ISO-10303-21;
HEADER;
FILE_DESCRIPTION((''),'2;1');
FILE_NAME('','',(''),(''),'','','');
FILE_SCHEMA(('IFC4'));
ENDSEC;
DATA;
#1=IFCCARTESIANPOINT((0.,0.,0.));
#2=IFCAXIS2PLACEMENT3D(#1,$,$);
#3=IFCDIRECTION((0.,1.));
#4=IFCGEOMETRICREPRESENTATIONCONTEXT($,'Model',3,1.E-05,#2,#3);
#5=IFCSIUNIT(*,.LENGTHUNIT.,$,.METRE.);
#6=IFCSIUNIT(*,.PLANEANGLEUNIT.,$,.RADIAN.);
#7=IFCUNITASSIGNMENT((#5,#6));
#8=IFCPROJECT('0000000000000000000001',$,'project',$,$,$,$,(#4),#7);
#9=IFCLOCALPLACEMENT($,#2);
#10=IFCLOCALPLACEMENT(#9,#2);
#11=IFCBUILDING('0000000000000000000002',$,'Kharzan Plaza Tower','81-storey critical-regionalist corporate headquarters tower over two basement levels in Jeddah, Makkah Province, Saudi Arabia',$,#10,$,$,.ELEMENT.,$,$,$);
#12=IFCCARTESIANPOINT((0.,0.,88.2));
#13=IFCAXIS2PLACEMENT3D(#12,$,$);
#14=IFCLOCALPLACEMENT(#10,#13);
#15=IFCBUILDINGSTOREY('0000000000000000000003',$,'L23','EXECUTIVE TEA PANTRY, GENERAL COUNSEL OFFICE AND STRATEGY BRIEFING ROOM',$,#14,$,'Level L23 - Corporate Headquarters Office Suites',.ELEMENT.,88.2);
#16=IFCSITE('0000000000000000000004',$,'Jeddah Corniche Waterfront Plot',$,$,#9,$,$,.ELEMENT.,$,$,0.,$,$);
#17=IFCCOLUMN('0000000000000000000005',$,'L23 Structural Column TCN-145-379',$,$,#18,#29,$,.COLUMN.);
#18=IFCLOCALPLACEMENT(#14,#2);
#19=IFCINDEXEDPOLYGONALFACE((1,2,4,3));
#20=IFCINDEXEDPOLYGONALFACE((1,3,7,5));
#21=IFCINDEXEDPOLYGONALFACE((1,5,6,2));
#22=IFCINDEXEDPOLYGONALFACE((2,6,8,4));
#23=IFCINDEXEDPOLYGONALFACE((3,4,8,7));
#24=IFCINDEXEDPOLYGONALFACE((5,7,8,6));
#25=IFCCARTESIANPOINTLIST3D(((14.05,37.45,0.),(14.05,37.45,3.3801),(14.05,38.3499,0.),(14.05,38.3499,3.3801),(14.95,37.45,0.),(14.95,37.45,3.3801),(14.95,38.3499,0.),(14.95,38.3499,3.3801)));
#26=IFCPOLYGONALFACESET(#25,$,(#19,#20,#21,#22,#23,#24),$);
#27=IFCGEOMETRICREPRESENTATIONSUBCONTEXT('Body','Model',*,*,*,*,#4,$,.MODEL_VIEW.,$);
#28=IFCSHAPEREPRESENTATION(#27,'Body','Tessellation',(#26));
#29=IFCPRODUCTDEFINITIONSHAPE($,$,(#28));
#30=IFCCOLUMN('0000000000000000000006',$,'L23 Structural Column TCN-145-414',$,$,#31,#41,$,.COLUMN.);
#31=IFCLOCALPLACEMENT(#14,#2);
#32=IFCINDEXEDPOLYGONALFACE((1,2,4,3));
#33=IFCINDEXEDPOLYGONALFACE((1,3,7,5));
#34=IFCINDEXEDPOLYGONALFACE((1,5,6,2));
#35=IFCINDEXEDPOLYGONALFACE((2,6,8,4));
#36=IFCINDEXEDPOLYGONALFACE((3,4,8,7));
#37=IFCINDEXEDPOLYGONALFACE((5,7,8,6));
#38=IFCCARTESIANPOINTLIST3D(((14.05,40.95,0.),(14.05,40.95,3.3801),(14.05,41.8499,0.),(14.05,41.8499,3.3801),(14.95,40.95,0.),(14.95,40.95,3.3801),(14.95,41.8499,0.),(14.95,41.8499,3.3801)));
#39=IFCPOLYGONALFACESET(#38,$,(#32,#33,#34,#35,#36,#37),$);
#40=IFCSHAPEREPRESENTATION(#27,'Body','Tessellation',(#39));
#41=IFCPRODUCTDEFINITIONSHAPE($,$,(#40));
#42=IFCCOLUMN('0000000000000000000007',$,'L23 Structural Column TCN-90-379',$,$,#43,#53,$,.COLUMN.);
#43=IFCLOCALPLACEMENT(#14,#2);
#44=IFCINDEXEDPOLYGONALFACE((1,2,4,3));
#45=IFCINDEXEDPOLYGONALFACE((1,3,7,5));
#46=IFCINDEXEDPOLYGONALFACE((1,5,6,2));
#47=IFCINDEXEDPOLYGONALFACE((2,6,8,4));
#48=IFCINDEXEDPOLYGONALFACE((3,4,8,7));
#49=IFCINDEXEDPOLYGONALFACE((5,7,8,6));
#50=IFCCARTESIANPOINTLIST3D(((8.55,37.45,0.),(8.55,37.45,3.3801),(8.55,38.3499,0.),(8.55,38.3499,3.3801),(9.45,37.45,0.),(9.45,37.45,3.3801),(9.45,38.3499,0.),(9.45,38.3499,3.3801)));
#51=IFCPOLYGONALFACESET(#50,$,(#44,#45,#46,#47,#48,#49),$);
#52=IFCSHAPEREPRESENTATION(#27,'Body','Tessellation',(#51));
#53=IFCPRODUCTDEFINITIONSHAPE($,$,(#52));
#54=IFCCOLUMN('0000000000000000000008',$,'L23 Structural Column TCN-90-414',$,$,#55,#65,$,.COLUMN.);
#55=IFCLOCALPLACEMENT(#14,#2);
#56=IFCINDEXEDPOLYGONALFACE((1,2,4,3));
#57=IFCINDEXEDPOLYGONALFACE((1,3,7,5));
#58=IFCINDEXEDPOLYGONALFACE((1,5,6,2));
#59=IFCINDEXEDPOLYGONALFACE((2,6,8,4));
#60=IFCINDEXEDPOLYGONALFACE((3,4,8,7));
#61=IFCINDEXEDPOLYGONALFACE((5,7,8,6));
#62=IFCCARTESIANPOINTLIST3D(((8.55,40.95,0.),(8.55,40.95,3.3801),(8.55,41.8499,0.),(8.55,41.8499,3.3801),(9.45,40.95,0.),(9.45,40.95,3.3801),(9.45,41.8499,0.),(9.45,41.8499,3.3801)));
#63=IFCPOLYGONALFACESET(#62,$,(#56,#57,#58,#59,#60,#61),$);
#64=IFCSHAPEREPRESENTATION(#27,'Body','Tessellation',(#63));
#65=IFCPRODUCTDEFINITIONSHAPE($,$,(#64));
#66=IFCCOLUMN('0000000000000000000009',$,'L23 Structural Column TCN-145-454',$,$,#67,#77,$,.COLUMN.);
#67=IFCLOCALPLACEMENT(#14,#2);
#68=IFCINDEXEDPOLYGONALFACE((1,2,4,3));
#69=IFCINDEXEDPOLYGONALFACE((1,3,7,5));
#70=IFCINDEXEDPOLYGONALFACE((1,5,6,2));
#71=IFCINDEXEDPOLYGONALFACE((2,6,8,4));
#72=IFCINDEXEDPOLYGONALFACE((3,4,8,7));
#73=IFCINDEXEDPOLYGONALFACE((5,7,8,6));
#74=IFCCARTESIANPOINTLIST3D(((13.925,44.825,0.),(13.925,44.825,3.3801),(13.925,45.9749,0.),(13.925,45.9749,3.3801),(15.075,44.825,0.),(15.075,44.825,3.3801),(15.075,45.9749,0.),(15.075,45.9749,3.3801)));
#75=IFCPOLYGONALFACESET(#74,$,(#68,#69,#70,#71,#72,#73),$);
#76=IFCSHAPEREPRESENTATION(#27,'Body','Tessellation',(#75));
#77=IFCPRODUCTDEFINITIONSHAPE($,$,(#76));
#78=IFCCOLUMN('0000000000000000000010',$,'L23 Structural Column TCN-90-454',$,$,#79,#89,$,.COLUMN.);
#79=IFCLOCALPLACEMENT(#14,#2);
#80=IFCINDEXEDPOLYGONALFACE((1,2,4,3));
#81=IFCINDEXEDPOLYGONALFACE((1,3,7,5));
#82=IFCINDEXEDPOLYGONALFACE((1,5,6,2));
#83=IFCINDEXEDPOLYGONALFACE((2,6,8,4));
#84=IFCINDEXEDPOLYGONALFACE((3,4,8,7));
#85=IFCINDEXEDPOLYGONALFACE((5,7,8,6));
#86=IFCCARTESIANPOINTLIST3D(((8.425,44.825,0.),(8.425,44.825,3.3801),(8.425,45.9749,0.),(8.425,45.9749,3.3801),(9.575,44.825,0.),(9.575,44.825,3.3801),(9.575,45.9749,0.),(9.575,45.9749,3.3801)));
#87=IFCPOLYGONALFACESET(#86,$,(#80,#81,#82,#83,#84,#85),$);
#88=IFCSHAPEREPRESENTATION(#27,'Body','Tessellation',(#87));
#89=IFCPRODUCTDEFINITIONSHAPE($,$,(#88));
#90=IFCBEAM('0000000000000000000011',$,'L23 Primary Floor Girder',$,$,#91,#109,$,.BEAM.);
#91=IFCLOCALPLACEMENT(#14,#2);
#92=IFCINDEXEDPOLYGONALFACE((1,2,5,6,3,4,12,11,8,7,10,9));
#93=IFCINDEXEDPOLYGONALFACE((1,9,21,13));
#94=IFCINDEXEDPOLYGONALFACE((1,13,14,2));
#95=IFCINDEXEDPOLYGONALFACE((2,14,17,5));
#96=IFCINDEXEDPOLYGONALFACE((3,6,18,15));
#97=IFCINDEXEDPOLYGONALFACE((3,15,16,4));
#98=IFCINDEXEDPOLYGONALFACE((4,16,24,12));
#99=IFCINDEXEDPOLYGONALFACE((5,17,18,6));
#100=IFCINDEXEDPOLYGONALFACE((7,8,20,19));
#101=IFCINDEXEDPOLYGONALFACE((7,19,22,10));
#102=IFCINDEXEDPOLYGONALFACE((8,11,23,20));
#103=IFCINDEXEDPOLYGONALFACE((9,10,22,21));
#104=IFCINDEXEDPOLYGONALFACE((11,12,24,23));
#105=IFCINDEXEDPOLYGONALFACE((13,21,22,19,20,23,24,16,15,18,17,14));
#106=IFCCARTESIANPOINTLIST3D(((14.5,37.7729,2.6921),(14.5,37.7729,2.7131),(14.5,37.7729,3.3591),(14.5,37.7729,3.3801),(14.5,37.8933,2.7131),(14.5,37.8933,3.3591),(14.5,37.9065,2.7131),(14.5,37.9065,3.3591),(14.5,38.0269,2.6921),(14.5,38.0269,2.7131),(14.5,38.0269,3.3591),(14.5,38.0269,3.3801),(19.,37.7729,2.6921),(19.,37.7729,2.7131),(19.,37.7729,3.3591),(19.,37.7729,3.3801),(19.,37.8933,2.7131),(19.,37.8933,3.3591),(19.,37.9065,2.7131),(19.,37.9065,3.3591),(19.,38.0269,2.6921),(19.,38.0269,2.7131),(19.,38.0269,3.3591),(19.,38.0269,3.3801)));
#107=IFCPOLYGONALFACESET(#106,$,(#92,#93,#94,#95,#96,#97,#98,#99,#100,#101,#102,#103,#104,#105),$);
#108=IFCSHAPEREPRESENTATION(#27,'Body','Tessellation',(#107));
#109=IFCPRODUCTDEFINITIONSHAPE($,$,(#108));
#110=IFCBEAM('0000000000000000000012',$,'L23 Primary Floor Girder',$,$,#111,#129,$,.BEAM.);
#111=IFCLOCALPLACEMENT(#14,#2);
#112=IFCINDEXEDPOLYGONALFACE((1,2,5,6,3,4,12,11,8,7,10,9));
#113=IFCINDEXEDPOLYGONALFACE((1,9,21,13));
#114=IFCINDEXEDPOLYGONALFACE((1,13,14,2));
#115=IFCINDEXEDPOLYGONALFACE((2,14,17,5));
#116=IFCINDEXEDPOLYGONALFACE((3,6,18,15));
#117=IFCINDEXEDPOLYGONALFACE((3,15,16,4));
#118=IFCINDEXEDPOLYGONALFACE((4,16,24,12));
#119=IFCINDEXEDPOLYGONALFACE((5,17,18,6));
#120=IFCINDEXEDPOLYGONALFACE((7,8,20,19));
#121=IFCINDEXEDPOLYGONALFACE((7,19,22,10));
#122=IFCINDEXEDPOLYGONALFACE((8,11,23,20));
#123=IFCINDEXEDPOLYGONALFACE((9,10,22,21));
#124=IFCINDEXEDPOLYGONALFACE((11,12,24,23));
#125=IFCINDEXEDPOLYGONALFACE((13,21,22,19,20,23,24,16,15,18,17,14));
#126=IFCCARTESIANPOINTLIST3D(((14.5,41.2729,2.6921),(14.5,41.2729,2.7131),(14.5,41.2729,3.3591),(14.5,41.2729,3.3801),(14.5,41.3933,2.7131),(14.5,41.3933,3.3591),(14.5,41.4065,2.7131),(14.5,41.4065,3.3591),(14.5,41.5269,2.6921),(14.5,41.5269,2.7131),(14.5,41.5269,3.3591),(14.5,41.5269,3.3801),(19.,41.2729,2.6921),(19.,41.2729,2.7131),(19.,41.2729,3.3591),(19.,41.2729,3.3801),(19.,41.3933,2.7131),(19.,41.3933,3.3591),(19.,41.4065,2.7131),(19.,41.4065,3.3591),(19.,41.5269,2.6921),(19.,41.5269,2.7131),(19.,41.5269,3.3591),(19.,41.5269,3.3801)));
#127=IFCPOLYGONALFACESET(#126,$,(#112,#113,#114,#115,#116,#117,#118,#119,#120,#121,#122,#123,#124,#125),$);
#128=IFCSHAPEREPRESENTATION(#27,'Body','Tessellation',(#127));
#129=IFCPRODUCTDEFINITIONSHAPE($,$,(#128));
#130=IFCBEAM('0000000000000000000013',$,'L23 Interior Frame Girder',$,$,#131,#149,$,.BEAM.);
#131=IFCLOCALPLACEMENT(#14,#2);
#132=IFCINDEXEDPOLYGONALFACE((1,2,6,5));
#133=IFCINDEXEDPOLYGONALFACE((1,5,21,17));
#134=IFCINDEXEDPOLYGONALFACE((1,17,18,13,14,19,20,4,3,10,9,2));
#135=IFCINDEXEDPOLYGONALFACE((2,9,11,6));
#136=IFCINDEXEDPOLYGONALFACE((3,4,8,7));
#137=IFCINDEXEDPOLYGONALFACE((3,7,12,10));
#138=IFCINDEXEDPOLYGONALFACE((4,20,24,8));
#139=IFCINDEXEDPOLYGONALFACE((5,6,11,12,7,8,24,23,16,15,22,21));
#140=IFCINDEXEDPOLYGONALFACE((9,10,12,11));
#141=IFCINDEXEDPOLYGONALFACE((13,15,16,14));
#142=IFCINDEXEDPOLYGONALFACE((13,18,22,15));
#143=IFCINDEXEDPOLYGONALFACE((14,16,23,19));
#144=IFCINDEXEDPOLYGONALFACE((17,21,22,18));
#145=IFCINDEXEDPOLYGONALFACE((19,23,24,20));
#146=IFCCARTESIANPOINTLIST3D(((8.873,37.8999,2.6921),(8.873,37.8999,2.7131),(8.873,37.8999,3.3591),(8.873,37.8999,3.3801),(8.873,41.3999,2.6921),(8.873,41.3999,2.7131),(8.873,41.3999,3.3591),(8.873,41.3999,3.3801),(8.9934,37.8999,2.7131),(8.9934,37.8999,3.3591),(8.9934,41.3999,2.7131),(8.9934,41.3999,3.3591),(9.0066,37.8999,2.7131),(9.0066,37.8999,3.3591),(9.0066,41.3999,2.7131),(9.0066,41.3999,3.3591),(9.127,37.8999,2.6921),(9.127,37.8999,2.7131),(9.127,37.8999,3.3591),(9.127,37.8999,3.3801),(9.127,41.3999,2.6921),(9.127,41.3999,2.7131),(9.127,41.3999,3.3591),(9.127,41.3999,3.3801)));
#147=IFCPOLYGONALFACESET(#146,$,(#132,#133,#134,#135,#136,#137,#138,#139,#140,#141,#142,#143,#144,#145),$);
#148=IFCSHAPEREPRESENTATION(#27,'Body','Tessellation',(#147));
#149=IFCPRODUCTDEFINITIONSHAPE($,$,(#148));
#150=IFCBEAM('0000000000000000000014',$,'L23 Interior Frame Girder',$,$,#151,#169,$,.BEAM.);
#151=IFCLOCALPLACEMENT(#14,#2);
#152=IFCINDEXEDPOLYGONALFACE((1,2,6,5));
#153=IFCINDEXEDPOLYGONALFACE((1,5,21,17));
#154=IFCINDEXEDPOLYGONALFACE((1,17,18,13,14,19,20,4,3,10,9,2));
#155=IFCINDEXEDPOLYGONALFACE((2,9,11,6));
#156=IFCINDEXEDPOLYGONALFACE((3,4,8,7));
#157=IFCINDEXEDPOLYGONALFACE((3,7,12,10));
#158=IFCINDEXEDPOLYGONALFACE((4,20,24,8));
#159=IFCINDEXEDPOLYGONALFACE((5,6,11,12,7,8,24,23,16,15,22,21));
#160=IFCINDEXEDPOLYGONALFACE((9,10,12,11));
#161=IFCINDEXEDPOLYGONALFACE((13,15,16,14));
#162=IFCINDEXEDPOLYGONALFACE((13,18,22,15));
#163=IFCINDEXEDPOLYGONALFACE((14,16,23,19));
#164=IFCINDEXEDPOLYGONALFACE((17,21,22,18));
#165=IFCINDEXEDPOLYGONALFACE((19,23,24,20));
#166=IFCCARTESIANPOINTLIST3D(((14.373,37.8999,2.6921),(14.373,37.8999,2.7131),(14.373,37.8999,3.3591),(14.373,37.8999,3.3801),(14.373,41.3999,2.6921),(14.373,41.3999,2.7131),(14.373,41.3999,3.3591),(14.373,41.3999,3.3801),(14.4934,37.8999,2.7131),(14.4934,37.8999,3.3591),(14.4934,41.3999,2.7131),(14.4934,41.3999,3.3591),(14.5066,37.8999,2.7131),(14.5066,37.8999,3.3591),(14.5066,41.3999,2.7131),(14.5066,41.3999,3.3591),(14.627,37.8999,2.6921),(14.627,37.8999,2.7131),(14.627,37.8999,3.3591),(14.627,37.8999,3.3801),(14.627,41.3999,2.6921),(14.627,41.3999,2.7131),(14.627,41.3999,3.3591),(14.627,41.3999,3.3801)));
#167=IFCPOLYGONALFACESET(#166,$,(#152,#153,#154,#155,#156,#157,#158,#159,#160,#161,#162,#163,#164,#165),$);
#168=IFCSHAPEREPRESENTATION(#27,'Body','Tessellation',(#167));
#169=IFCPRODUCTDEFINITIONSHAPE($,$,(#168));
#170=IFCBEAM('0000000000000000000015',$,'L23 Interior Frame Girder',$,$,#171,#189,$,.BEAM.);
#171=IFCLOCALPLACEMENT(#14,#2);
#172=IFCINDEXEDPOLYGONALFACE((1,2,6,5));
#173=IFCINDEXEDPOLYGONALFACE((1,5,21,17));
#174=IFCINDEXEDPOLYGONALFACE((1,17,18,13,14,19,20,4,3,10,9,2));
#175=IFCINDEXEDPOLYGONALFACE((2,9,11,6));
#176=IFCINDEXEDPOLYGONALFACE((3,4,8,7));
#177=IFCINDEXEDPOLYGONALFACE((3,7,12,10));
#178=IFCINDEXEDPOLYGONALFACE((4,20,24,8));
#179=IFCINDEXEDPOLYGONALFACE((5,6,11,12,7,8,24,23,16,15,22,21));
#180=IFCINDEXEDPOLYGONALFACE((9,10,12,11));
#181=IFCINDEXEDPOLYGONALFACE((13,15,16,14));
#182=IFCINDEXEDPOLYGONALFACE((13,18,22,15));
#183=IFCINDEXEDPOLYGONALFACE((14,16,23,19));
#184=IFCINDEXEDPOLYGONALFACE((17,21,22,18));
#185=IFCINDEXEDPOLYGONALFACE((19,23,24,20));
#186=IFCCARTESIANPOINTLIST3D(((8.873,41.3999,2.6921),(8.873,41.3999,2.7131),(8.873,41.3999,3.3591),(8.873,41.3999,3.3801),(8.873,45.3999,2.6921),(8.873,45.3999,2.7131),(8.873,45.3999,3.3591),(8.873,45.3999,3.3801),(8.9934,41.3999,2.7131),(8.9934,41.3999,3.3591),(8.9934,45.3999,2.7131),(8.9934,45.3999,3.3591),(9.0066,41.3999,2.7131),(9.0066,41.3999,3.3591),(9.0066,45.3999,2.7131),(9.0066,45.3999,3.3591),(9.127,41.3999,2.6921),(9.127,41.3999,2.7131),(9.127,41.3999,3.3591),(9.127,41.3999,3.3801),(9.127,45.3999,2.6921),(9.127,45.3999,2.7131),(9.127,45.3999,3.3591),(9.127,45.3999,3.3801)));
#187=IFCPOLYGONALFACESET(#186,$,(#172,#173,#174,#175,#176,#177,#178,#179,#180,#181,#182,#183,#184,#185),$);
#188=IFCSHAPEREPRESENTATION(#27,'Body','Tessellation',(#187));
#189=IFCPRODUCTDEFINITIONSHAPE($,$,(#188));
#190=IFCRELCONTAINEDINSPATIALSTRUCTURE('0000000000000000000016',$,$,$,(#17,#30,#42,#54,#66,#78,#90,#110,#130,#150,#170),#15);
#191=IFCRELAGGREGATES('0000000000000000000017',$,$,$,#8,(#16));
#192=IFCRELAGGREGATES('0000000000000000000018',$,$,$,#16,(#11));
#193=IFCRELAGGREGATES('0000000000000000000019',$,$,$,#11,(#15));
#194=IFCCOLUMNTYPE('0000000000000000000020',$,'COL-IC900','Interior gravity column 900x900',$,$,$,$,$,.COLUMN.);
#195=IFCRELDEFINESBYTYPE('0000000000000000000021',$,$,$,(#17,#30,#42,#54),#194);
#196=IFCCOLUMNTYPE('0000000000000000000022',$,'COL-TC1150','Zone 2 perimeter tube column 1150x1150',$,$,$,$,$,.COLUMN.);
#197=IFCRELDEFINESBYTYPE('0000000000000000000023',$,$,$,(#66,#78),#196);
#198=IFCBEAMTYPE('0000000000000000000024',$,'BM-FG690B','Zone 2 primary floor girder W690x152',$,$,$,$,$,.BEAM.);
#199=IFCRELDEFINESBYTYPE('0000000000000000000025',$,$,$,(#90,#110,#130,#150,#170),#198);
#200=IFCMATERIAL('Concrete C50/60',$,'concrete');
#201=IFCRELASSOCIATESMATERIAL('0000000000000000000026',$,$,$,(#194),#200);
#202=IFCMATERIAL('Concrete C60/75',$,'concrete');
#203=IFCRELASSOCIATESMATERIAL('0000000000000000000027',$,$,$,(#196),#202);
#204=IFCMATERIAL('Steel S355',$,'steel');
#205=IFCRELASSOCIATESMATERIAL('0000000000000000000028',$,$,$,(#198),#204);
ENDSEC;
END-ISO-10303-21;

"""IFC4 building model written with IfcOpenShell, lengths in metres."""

from ifc_helpers import new_model, si_unit, direction, frame, origin, origin_2d, place, context, subcontext, project, spatial, rectangle, i_section, extrude, source, transform, mapped, material, material_profile, profile_set, type_object, element, save


model = new_model("IFC4")

# Units and contexts
model_context = context("Model", 3, precision=1e-05, world=origin(), true_north=direction((0.0, 1.0)))
body_context = subcontext(model_context, "Body", "Model", "MODEL_VIEW")
ifc_project = project(units=[si_unit("LENGTHUNIT", "METRE"), si_unit("PLANEANGLEUNIT", "RADIAN")], contexts=[model_context])

# Site, building, storey
site_placement = place(None, origin())
site = spatial("IfcSite", under=ifc_project, at=site_placement, Name="Jeddah Corniche Waterfront Plot", CompositionType="ELEMENT", RefElevation=0.0)
building_placement = place(site_placement, origin())
building = spatial("IfcBuilding", under=site, at=building_placement, Name="Kharzan Plaza Tower", Description="81-storey critical-regionalist corporate headquarters tower over two basement levels in Jeddah, Makkah Province, Saudi Arabia", CompositionType="ELEMENT")
storey_placement = place(building_placement, frame((0.0, 0.0, 88.2)))
storey = spatial("IfcBuildingStorey", under=building, at=storey_placement, Name="L23", Description="EXECUTIVE TEA PANTRY, GENERAL COUNSEL OFFICE AND STRATEGY BRIEFING ROOM", LongName="Level L23 - Corporate Headquarters Office Suites", CompositionType="ELEMENT", Elevation=88.2)

# Columns
ifc_material_1 = material(Name="Concrete C50/60", Category="concrete")
ifc_material_profile_1 = material_profile(ifc_material_1, rectangle(XDim=0.8999, YDim=0.8999, at=origin_2d()), Name="RC-IC900x900")
ifc_profile_set_1 = profile_set([ifc_material_profile_1], Name="Concrete C50/60")
column_type_1 = type_object("IfcColumnType", Name="COL-IC900", Description="Interior gravity column 900x900", PredefinedType="COLUMN", material=ifc_profile_set_1)
shared_shape_1 = source(origin(), body_context, "Body", "SweptSolid", [
    extrude(rectangle(XDim=0.8999, YDim=0.8999, at=origin_2d()), origin(), (0.0, 0.0, 1.0), 3.3801),
])
for number, where, z_axis, x_axis, name in (
    (1, (14.5, 37.8999, 0.0), (0.0, 0.0, 1.0), (1.0, 0.0, 0.0), "L23 Structural Column TCN-145-379"),
    (2, (14.5, 41.3999, 0.0), (0.0, 0.0, 1.0), (1.0, 0.0, 0.0), "L23 Structural Column TCN-145-414"),
    (3, (9.0, 37.8999, 0.0), (0.0, 0.0, 1.0), (1.0, 0.0, 0.0), "L23 Structural Column TCN-90-379"),
    (4, (9.0, 41.3999, 0.0), (0.0, 0.0, 1.0), (1.0, 0.0, 0.0), "L23 Structural Column TCN-90-414"),
):
    element("IfcColumn", number, at=place(storey_placement, frame(where, z_axis=z_axis, x_axis=x_axis)), inside=storey, type_object=column_type_1, Name=name, PredefinedType="COLUMN", context=body_context, shape_type="MappedRepresentation", body=[
        mapped(shared_shape_1, transform((0.0, 0.0, 0.0), x_axis=(1.0, 0.0, 0.0), y_axis=(0.0, 1.0, 0.0), z_axis=(0.0, 0.0, 1.0))),
    ])
ifc_material_2 = material(Name="Concrete C60/75", Category="concrete")
ifc_material_profile_2 = material_profile(ifc_material_2, rectangle(XDim=1.1499, YDim=1.1499, at=origin_2d()), Name="RC-TC1150x1150")
ifc_profile_set_2 = profile_set([ifc_material_profile_2], Name="Concrete C60/75")
column_type_2 = type_object("IfcColumnType", Name="COL-TC1150", Description="Zone 2 perimeter tube column 1150x1150", PredefinedType="COLUMN", material=ifc_profile_set_2)
shared_shape_2 = source(origin(), body_context, "Body", "SweptSolid", [
    extrude(rectangle(XDim=1.1499, YDim=1.1499, at=origin_2d()), origin(), (0.0, 0.0, 1.0), 3.3801),
])
for number, where, z_axis, x_axis, name in (
    (5, (14.5, 45.3999, 0.0), (0.0, 0.0, 1.0), (1.0, 0.0, 0.0), "L23 Structural Column TCN-145-454"),
    (6, (9.0, 45.3999, 0.0), (0.0, 0.0, 1.0), (1.0, 0.0, 0.0), "L23 Structural Column TCN-90-454"),
):
    element("IfcColumn", number, at=place(storey_placement, frame(where, z_axis=z_axis, x_axis=x_axis)), inside=storey, type_object=column_type_2, Name=name, PredefinedType="COLUMN", context=body_context, shape_type="MappedRepresentation", body=[
        mapped(shared_shape_2, transform((0.0, 0.0, 0.0), x_axis=(1.0, 0.0, 0.0), y_axis=(0.0, 1.0, 0.0), z_axis=(0.0, 0.0, 1.0))),
    ])

# Beams
ifc_material_3 = material(Name="Steel S355", Category="steel")
ifc_material_profile_3 = material_profile(ifc_material_3, i_section(OverallWidth=0.2539, OverallDepth=0.688, WebThickness=0.0132, FlangeThickness=0.021, at=origin_2d()), Name="W690x152")
ifc_profile_set_3 = profile_set([ifc_material_profile_3], Name="Steel S355")
beam_type_1 = type_object("IfcBeamType", Name="BM-FG690B", Description="Zone 2 primary floor girder W690x152", PredefinedType="BEAM", material=ifc_profile_set_3)
shared_shape_3 = source(origin(), body_context, "Body", "SweptSolid", [
    extrude(i_section(OverallWidth=0.2539, OverallDepth=0.688, WebThickness=0.0132, FlangeThickness=0.021, at=origin_2d()), origin(), (0.0, 0.0, 1.0), 4.5),
])
for number, where, z_axis, x_axis, name in (
    (7, (14.5, 37.8999, 3.0361), (1.0, 0.0, 0.0), (0.0, 1.0, 0.0), "L23 Primary Floor Girder"),
    (8, (14.5, 41.3999, 3.0361), (1.0, 0.0, 0.0), (0.0, 1.0, 0.0), "L23 Primary Floor Girder"),
):
    element("IfcBeam", number, at=place(storey_placement, frame(where, z_axis=z_axis, x_axis=x_axis)), inside=storey, type_object=beam_type_1, Name=name, PredefinedType="BEAM", context=body_context, shape_type="MappedRepresentation", body=[
        mapped(shared_shape_3, transform((0.0, 0.0, 0.0), x_axis=(1.0, 0.0, 0.0), y_axis=(0.0, 1.0, 0.0), z_axis=(0.0, 0.0, 1.0))),
    ])
shared_shape_4 = source(origin(), body_context, "Body", "SweptSolid", [
    extrude(i_section(OverallWidth=0.2539, OverallDepth=0.688, WebThickness=0.0132, FlangeThickness=0.021, at=origin_2d()), origin(), (0.0, 0.0, 1.0), 3.5),
])
for number, where, z_axis, x_axis, name in (
    (9, (9.0, 37.8999, 3.0361), (0.0, 1.0, 0.0), (-1.0, 0.0, 0.0), "L23 Interior Frame Girder"),
    (10, (14.5, 37.8999, 3.0361), (0.0, 1.0, 0.0), (-1.0, 0.0, 0.0), "L23 Interior Frame Girder"),
):
    element("IfcBeam", number, at=place(storey_placement, frame(where, z_axis=z_axis, x_axis=x_axis)), inside=storey, type_object=beam_type_1, Name=name, PredefinedType="BEAM", context=body_context, shape_type="MappedRepresentation", body=[
        mapped(shared_shape_4, transform((0.0, 0.0, 0.0), x_axis=(1.0, 0.0, 0.0), y_axis=(0.0, 1.0, 0.0), z_axis=(0.0, 0.0, 1.0))),
    ])
shared_shape_5 = source(origin(), body_context, "Body", "SweptSolid", [
    extrude(i_section(OverallWidth=0.2539, OverallDepth=0.688, WebThickness=0.0132, FlangeThickness=0.021, at=origin_2d()), origin(), (0.0, 0.0, 1.0), 4.0),
])
for number, where, z_axis, x_axis, name in (
    (11, (9.0, 41.3999, 3.0361), (0.0, 1.0, 0.0), (-1.0, 0.0, 0.0), "L23 Interior Frame Girder"),
):
    element("IfcBeam", number, at=place(storey_placement, frame(where, z_axis=z_axis, x_axis=x_axis)), inside=storey, type_object=beam_type_1, Name=name, PredefinedType="BEAM", context=body_context, shape_type="MappedRepresentation", body=[
        mapped(shared_shape_5, transform((0.0, 0.0, 0.0), x_axis=(1.0, 0.0, 0.0), y_axis=(0.0, 1.0, 0.0), z_axis=(0.0, 0.0, 1.0))),
    ])

save(model, "model.ifc")
